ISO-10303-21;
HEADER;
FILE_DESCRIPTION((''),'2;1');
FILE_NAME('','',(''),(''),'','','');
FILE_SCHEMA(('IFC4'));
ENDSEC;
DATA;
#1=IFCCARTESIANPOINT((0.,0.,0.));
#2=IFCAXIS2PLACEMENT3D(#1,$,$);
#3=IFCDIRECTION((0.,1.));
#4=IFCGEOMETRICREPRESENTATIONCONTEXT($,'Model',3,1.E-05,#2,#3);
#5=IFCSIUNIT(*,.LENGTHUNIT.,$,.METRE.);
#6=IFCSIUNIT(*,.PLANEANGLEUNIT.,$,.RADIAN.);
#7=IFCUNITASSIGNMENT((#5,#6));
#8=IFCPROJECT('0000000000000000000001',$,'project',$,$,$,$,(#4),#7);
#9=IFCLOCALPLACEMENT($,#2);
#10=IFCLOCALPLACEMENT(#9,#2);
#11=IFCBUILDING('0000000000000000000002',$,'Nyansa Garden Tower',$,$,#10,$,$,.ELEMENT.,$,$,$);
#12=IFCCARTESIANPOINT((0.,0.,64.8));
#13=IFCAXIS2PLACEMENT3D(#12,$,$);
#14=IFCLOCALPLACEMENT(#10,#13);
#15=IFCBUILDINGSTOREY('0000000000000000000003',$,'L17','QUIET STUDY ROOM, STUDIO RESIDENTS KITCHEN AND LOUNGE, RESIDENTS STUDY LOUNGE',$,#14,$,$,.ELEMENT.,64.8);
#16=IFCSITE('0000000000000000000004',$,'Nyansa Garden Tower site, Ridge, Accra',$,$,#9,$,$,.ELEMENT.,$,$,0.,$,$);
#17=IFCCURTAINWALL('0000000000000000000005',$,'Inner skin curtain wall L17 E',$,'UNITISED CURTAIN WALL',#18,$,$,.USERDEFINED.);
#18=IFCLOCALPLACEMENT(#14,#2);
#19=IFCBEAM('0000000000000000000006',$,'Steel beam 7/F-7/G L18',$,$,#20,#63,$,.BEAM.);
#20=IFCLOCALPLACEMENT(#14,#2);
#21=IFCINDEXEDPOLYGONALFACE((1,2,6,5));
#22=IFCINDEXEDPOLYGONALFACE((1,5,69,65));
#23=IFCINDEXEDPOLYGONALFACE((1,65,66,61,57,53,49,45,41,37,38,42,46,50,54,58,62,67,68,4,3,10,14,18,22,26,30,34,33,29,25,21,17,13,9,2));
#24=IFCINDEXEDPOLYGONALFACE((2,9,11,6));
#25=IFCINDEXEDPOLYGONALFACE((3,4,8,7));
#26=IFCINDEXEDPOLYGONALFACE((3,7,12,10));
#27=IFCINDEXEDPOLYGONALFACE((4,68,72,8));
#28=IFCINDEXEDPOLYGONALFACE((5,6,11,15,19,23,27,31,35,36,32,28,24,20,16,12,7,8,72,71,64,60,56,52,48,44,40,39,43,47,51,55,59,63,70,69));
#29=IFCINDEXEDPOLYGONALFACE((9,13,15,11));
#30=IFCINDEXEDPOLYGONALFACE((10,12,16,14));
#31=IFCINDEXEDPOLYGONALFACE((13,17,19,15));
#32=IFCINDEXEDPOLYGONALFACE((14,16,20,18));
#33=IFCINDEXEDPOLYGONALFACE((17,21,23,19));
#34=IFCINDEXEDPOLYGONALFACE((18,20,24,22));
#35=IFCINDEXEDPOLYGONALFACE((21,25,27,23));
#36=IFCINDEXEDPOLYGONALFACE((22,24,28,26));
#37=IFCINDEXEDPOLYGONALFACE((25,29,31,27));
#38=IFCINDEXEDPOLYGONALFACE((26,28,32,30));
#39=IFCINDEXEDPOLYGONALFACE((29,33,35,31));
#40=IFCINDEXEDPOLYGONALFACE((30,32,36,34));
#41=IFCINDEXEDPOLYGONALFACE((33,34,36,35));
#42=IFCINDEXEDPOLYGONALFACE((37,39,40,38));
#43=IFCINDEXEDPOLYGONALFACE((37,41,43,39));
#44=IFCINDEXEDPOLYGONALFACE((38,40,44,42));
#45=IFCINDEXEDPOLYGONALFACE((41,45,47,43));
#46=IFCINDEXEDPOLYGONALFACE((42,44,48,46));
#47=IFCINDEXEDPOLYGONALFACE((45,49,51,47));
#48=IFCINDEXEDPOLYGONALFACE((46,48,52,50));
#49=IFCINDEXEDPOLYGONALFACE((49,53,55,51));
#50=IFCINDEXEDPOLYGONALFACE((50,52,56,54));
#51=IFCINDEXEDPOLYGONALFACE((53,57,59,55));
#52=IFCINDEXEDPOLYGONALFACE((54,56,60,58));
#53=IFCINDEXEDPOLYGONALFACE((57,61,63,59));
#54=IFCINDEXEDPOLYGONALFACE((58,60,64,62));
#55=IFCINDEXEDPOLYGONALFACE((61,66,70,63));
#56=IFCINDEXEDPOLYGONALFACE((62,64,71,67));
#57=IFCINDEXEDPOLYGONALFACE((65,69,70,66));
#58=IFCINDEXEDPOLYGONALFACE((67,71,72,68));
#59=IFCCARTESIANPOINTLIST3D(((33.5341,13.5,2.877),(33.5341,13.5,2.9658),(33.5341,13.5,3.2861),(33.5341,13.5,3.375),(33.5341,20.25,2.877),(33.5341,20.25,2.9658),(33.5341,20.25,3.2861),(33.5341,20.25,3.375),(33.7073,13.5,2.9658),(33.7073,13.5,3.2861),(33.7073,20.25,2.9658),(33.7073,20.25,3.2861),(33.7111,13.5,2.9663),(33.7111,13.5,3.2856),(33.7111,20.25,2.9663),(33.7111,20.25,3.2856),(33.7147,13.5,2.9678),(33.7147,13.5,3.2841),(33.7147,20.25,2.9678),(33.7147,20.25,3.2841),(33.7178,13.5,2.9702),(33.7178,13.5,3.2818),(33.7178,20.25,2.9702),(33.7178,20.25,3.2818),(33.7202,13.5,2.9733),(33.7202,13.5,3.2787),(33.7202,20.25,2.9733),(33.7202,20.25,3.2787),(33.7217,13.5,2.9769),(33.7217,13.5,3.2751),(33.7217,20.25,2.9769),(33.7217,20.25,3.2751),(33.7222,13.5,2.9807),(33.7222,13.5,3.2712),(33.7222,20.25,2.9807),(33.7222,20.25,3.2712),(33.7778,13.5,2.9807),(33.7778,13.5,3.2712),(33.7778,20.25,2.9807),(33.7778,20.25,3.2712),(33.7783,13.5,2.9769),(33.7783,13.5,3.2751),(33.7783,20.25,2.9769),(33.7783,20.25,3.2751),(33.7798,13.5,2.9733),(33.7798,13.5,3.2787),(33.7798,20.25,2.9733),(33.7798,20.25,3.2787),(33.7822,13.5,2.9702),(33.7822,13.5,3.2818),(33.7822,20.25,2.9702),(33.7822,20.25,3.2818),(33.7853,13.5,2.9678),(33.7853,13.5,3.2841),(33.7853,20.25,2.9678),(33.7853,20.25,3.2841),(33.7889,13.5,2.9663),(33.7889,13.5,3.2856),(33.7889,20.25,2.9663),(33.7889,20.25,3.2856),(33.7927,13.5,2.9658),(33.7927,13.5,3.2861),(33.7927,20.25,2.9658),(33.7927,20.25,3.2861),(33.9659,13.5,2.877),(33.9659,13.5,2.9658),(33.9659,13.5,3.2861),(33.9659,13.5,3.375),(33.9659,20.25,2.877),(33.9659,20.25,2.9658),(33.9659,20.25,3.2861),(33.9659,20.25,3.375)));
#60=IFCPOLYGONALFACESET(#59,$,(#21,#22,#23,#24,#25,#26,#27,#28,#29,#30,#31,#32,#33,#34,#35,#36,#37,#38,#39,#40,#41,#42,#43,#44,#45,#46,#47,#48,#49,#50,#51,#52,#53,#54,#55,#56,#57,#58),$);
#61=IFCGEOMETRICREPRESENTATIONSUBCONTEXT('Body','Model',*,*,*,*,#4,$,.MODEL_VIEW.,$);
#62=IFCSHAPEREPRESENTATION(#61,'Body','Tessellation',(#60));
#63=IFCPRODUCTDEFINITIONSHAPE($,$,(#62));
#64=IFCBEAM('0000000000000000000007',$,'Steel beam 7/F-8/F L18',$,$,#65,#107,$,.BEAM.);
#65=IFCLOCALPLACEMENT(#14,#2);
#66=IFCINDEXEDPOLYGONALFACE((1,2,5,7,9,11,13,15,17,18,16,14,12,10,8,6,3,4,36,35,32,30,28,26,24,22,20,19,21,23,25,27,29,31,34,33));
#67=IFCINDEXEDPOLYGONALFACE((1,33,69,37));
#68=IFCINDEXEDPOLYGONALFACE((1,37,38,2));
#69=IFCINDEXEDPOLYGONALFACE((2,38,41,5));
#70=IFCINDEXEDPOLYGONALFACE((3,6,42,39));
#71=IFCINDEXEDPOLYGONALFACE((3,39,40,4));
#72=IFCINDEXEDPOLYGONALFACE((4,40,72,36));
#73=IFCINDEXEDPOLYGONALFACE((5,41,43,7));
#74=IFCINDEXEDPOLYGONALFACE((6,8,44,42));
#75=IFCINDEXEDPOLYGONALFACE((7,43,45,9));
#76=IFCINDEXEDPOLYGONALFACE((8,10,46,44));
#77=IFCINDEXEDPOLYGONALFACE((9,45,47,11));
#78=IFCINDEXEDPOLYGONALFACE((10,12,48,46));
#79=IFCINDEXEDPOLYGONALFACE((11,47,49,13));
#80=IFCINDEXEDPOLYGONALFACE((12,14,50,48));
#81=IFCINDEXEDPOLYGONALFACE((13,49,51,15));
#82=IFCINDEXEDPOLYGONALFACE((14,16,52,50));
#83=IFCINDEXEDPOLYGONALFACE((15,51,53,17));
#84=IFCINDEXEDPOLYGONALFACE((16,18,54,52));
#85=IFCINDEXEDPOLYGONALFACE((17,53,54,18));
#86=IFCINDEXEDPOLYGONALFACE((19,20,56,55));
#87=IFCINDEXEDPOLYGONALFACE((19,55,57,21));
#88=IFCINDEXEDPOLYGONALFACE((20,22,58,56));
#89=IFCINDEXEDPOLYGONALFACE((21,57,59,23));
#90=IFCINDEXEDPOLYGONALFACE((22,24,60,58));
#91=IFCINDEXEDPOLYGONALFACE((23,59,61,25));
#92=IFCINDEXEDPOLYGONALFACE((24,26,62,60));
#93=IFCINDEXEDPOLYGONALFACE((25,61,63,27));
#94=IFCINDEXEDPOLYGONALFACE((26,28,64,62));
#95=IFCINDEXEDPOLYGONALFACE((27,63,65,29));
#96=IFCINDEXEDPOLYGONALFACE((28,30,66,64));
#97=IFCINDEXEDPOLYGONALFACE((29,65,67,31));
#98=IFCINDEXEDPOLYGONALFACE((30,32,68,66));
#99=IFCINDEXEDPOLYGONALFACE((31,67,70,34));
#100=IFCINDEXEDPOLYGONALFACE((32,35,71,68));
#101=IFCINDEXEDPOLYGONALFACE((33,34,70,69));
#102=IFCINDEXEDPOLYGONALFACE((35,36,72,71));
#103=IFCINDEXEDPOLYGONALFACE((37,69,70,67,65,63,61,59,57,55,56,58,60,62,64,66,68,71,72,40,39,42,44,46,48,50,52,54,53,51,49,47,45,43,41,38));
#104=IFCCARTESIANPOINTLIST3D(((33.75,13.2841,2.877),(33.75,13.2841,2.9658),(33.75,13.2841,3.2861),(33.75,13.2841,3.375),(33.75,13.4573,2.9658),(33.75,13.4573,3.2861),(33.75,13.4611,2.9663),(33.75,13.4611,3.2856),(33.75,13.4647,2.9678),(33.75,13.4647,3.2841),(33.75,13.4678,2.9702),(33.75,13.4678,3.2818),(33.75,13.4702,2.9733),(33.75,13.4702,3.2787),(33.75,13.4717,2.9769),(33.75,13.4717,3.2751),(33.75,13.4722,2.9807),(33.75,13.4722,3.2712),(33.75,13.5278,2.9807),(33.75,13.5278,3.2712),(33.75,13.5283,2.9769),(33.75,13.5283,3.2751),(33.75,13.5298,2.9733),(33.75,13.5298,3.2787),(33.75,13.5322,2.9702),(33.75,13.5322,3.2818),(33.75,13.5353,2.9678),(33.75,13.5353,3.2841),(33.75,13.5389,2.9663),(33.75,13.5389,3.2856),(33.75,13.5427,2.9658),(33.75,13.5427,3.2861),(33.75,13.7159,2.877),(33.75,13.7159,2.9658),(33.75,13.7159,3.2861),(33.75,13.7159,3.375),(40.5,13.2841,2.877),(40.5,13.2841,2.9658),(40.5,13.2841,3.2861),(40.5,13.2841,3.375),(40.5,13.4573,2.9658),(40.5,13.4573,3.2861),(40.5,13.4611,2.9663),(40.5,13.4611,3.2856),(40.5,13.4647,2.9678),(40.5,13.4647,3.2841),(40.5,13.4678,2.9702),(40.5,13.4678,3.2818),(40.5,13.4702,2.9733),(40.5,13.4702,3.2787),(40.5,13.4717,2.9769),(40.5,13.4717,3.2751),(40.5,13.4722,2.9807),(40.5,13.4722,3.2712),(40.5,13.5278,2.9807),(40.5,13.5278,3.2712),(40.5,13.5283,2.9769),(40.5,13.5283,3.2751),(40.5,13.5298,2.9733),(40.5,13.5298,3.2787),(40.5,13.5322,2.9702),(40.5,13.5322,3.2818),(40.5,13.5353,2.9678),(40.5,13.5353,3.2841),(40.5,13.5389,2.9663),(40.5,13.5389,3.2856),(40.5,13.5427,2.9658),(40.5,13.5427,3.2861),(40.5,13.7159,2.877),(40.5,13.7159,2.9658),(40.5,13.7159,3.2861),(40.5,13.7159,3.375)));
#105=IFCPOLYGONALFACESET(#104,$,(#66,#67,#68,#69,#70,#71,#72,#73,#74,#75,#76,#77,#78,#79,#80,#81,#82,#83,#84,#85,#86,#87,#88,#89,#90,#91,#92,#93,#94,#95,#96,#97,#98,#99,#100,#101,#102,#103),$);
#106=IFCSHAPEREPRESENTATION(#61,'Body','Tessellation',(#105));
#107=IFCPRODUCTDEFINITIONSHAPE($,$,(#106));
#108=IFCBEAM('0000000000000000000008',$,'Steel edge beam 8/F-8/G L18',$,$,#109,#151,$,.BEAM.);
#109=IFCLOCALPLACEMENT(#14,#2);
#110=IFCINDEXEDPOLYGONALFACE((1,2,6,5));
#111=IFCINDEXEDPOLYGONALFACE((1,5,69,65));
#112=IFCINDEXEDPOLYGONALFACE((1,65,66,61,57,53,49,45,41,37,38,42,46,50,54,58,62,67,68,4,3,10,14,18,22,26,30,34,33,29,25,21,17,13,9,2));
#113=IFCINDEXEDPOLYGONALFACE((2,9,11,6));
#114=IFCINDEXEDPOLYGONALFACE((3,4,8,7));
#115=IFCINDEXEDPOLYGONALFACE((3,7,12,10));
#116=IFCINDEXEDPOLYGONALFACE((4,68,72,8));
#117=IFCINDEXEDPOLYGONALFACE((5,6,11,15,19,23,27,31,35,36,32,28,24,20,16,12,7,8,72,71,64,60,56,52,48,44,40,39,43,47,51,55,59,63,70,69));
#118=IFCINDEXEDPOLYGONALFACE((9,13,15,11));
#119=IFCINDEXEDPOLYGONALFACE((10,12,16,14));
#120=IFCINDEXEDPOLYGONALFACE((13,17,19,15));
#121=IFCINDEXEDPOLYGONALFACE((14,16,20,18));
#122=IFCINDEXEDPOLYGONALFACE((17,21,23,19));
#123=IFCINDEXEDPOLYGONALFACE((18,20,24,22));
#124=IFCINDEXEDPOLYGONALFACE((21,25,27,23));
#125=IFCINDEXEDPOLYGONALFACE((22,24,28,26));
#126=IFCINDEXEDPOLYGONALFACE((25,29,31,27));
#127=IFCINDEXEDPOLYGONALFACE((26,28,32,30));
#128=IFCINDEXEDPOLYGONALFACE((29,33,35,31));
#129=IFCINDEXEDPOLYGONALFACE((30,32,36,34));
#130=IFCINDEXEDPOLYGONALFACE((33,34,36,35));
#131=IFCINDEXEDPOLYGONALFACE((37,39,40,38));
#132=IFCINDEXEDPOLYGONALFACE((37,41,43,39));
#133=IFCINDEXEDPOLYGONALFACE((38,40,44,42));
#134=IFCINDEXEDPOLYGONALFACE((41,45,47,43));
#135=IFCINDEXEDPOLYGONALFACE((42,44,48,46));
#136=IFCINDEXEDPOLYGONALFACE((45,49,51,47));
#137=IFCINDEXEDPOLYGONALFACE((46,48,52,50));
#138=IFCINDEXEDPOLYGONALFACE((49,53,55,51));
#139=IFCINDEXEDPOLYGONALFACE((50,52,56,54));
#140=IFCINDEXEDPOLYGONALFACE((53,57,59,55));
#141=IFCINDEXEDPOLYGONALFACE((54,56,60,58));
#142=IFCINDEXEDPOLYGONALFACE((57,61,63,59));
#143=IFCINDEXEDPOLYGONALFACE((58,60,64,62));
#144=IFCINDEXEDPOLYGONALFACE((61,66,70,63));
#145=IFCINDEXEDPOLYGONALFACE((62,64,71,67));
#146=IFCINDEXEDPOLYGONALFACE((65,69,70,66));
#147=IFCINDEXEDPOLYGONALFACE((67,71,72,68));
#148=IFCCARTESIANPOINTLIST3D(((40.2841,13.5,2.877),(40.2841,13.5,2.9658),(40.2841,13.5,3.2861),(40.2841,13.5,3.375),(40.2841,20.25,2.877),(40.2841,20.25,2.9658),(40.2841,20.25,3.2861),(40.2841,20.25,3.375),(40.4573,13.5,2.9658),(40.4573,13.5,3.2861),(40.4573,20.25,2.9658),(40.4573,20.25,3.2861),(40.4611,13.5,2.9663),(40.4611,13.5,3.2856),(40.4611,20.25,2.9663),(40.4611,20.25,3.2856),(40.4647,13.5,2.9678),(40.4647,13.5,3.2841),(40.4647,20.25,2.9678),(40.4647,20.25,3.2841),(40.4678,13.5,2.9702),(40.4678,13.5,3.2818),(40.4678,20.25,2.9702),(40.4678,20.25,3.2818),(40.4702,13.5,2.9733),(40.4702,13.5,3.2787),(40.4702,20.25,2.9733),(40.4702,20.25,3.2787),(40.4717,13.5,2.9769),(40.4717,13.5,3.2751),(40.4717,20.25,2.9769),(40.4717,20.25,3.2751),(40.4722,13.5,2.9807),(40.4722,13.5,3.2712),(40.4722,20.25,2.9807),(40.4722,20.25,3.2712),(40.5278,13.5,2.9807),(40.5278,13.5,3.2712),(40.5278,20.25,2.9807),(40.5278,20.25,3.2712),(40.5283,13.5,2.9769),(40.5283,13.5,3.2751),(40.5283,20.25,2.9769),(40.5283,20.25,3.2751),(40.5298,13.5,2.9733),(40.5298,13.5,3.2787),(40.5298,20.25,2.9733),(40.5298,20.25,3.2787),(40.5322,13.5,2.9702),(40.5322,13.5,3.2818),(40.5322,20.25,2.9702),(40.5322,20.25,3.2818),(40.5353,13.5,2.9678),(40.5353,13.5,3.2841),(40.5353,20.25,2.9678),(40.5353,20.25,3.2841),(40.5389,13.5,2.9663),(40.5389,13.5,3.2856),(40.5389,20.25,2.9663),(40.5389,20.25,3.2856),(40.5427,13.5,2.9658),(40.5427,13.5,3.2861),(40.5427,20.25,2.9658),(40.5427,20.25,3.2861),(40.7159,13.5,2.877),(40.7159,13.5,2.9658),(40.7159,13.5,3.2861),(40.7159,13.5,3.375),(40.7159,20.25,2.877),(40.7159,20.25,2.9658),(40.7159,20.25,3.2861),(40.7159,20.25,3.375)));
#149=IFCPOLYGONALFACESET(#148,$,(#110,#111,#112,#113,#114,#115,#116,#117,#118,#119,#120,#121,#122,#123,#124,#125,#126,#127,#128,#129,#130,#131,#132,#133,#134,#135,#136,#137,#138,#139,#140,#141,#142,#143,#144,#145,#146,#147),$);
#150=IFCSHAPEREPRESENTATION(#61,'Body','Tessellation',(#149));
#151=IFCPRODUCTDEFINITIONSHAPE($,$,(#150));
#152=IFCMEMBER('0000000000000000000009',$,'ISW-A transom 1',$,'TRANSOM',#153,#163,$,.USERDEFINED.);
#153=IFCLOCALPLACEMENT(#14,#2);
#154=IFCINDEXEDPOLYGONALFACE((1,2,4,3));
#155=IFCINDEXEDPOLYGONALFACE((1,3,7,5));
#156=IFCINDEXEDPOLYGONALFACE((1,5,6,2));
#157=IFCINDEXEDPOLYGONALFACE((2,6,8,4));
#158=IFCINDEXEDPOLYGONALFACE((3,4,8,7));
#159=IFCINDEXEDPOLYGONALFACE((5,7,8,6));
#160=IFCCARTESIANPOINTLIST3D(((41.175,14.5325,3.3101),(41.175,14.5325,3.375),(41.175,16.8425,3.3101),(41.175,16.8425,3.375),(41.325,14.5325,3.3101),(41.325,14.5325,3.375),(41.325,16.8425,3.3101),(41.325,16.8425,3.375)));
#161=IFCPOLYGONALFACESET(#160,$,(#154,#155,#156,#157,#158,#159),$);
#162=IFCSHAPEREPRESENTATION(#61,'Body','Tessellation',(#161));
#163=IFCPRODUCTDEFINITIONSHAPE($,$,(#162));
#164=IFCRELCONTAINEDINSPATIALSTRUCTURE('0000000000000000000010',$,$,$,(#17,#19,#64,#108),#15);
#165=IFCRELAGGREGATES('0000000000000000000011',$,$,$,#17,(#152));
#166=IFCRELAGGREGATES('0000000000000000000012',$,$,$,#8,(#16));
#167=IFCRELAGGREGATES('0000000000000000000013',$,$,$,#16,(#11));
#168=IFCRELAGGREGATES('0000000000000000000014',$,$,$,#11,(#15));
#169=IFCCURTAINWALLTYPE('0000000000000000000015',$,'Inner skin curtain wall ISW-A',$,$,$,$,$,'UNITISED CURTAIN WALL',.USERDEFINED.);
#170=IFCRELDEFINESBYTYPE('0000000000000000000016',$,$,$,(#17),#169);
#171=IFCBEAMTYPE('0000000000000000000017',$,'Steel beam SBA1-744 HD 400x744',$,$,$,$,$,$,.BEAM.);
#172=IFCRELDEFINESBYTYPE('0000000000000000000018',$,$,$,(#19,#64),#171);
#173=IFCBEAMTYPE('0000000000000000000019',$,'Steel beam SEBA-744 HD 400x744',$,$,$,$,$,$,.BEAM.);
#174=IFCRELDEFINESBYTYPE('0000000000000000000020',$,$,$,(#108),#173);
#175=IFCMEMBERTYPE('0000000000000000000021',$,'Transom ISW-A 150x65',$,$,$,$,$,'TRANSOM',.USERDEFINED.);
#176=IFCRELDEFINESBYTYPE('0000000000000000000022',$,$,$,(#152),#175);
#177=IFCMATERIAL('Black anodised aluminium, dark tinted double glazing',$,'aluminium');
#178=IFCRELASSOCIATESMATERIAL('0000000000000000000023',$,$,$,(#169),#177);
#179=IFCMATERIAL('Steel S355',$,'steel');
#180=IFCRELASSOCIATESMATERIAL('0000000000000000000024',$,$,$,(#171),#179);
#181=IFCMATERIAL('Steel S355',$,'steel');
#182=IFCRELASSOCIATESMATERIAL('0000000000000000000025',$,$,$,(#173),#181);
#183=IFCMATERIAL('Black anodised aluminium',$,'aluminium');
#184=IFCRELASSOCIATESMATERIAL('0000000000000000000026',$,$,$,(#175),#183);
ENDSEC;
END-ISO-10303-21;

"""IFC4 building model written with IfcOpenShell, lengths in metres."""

from ifc_helpers import new_model, si_unit, direction, frame, origin, origin_2d, place, context, subcontext, project, spatial, rectangle, i_section, extrude, material, material_profile, profile_set, type_object, element, aggregate, save


model = new_model("IFC4")

# Units and contexts
model_context = context("Model", 3, precision=1e-05, world=origin(), true_north=direction((0.0, 1.0)))
body_context = subcontext(model_context, "Body", "Model", "MODEL_VIEW")
ifc_project = project(units=[si_unit("LENGTHUNIT", "METRE"), si_unit("PLANEANGLEUNIT", "RADIAN")], contexts=[model_context])

# Site, building, storey
site_placement = place(None, origin())
site = spatial("IfcSite", under=ifc_project, at=site_placement, Name="Nyansa Garden Tower site, Ridge, Accra", CompositionType="ELEMENT", RefElevation=0.0)
building_placement = place(site_placement, origin())
building = spatial("IfcBuilding", under=site, at=building_placement, Name="Nyansa Garden Tower", CompositionType="ELEMENT")
storey_placement = place(building_placement, frame((0.0, 0.0, 64.8)))
storey = spatial("IfcBuildingStorey", under=building, at=storey_placement, Name="L17", Description="QUIET STUDY ROOM, STUDIO RESIDENTS KITCHEN AND LOUNGE, RESIDENTS STUDY LOUNGE", CompositionType="ELEMENT", Elevation=64.8)

# Shared definitions
ifc_material_1 = material(Name="Black anodised aluminium, dark tinted double glazing", Category="aluminium")
curtain_wall_type = type_object("IfcCurtainWallType", Name="Inner skin curtain wall ISW-A", ElementType="UNITISED CURTAIN WALL", PredefinedType="USERDEFINED", material=ifc_material_1)

# Curtain wall
curtain_wall_1_placement = place(storey_placement, origin())
curtain_wall_1 = element("IfcCurtainWall", 1, at=curtain_wall_1_placement, inside=storey, type_object=curtain_wall_type, Name="Inner skin curtain wall L17 E", ObjectType="UNITISED CURTAIN WALL", PredefinedType="USERDEFINED")

# Beams
ifc_material_2 = material(Name="Steel S355", Category="steel")
ifc_material_profile_1 = material_profile(ifc_material_2, i_section(OverallWidth=0.4319, OverallDepth=0.498, WebThickness=0.0557, FlangeThickness=0.0889, FilletRadius=0.0149, at=origin_2d()), Name="HD 400x744")
ifc_profile_set_1 = profile_set([ifc_material_profile_1], Name="Steel S355")
beam_type_1 = type_object("IfcBeamType", Name="Steel beam SBA1-744 HD 400x744", PredefinedType="BEAM", material=ifc_profile_set_1)
for number, where, z_axis, x_axis, name in (
    (2, (33.75, 13.5, 3.126), (0.0, 1.0, 0.0), (-1.0, 0.0, 0.0), "Steel beam 7/F-7/G L18"),
    (3, (33.75, 13.5, 3.126), (1.0, 0.0, 0.0), (0.0, 1.0, 0.0), "Steel beam 7/F-8/F L18"),
):
    element("IfcBeam", number, at=place(storey_placement, frame(where, z_axis=z_axis, x_axis=x_axis)), inside=storey, type_object=beam_type_1, Name=name, PredefinedType="BEAM", context=body_context, shape_type="SweptSolid", body=[
        extrude(i_section(OverallWidth=0.4319, OverallDepth=0.498, WebThickness=0.0557, FlangeThickness=0.0889, FilletRadius=0.0149, at=origin_2d()), origin(), (0.0, 0.0, 1.0), 6.75),
    ])
ifc_material_3 = material(Name="Steel S355", Category="steel")
ifc_material_profile_2 = material_profile(ifc_material_3, i_section(OverallWidth=0.4319, OverallDepth=0.498, WebThickness=0.0557, FlangeThickness=0.0889, FilletRadius=0.0149, at=origin_2d()), Name="HD 400x744")
ifc_profile_set_2 = profile_set([ifc_material_profile_2], Name="Steel S355")
beam_type_2 = type_object("IfcBeamType", Name="Steel beam SEBA-744 HD 400x744", PredefinedType="BEAM", material=ifc_profile_set_2)
beam_1_placement = place(storey_placement, frame((40.5, 13.5, 3.126), z_axis=(0.0, 1.0, 0.0), x_axis=(-1.0, 0.0, 0.0)))
element("IfcBeam", 4, at=beam_1_placement, inside=storey, type_object=beam_type_2, Name="Steel edge beam 8/F-8/G L18", PredefinedType="BEAM", context=body_context, shape_type="SweptSolid", body=[
    extrude(i_section(OverallWidth=0.4319, OverallDepth=0.498, WebThickness=0.0557, FlangeThickness=0.0889, FilletRadius=0.0149, at=origin_2d()), origin(), (0.0, 0.0, 1.0), 6.75),
])

# Member
ifc_material_4 = material(Name="Black anodised aluminium", Category="aluminium")
ifc_material_profile_3 = material_profile(ifc_material_4, rectangle(XDim=0.1499, YDim=0.0649, at=origin_2d()), Name="Transom 150x65")
ifc_profile_set_3 = profile_set([ifc_material_profile_3], Name="Black anodised aluminium")
member_type_1 = type_object("IfcMemberType", Name="Transom ISW-A 150x65", ElementType="TRANSOM", PredefinedType="USERDEFINED", material=ifc_profile_set_3)
member_1_placement = place(storey_placement, frame((41.25, 14.5325, 3.3425), z_axis=(0.0, 1.0, 0.0), x_axis=(-1.0, 0.0, 0.0)))
member_1 = element("IfcMember", 5, at=member_1_placement, type_object=member_type_1, Name="ISW-A transom 1", ObjectType="TRANSOM", PredefinedType="USERDEFINED", context=body_context, shape_type="SweptSolid", body=[
    extrude(rectangle(XDim=0.1499, YDim=0.0649, at=origin_2d()), origin(), (0.0, 0.0, 1.0), 2.3101),
])

aggregate(curtain_wall_1, [member_1])

save(model, "model.ifc")
